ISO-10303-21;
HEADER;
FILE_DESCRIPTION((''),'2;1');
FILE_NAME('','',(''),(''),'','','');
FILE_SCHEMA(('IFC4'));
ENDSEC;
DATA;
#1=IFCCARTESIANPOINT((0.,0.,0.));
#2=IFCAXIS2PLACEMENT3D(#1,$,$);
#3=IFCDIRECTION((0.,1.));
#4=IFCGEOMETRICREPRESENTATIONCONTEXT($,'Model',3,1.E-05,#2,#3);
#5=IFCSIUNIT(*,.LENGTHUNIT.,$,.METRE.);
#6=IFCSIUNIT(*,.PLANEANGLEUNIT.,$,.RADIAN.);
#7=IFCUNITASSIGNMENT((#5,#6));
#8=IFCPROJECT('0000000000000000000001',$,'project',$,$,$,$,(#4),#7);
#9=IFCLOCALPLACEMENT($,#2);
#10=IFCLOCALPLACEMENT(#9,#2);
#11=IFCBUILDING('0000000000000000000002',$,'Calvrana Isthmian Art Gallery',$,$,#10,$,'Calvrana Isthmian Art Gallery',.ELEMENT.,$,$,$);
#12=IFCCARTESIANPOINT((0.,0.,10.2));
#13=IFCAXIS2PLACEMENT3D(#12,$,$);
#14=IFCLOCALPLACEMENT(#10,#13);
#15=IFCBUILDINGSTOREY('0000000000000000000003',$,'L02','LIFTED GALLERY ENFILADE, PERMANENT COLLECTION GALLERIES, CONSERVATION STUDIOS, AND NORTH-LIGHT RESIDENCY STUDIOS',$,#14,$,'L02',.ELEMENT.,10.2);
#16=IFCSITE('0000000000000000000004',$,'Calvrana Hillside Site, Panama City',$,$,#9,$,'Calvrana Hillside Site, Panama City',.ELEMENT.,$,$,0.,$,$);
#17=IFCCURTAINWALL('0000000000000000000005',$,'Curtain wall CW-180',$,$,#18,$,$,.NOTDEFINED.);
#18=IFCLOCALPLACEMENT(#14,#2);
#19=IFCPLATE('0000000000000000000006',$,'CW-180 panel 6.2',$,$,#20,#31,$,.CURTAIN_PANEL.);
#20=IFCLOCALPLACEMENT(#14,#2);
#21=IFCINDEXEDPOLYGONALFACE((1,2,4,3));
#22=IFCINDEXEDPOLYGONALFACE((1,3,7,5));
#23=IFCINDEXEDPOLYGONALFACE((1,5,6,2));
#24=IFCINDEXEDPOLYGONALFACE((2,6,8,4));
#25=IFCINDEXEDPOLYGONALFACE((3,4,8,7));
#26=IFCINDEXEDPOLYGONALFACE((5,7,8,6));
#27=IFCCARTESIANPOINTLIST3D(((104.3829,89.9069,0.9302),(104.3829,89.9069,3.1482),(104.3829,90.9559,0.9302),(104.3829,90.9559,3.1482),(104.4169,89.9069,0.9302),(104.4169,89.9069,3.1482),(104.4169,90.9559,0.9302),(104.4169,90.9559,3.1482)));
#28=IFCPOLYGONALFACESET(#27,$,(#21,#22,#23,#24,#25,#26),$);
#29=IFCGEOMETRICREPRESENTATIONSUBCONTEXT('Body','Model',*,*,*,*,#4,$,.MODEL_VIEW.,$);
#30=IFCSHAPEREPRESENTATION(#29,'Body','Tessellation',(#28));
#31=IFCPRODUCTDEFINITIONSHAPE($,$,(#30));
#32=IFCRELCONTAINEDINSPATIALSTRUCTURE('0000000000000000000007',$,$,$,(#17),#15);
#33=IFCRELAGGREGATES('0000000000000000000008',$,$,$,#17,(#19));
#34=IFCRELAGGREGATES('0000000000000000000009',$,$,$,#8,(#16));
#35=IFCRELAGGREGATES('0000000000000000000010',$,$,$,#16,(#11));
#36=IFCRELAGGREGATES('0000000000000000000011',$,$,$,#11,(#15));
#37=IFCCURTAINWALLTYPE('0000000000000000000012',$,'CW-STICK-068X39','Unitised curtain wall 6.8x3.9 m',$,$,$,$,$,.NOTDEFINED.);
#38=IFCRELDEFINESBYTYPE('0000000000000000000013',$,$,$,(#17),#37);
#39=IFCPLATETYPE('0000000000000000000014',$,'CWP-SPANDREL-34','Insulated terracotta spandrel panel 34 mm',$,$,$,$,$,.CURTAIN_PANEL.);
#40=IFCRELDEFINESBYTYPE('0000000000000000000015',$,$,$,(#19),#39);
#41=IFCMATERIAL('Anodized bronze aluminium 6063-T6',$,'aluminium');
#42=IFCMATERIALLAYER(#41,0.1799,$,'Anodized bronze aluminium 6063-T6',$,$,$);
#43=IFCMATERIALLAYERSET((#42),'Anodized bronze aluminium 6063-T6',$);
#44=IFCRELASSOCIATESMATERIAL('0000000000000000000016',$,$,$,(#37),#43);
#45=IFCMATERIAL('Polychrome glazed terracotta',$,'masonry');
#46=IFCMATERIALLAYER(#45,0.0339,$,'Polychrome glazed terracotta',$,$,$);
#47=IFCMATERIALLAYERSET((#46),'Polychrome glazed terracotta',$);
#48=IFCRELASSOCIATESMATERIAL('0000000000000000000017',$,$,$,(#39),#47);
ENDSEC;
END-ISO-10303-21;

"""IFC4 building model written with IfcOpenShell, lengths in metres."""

from ifc_helpers import new_model, si_unit, direction, frame, origin, origin_2d, place, context, subcontext, project, spatial, rectangle, extrude, material, layer, layer_set, type_object, element, aggregate, save


model = new_model("IFC4")

# Units and contexts
model_context = context("Model", 3, precision=1e-05, world=origin(), true_north=direction((0.0, 1.0)))
body_context = subcontext(model_context, "Body", "Model", "MODEL_VIEW")
ifc_project = project(units=[si_unit("LENGTHUNIT", "METRE"), si_unit("PLANEANGLEUNIT", "RADIAN")], contexts=[model_context])

# Site, building, storey
site_placement = place(None, origin())
site = spatial("IfcSite", under=ifc_project, at=site_placement, Name="Calvrana Hillside Site, Panama City", LongName="Calvrana Hillside Site, Panama City", CompositionType="ELEMENT", RefElevation=0.0)
building_placement = place(site_placement, origin())
building = spatial("IfcBuilding", under=site, at=building_placement, Name="Calvrana Isthmian Art Gallery", LongName="Calvrana Isthmian Art Gallery", CompositionType="ELEMENT")
storey_placement = place(building_placement, frame((0.0, 0.0, 10.2)))
storey = spatial("IfcBuildingStorey", under=building, at=storey_placement, Name="L02", Description="LIFTED GALLERY ENFILADE, PERMANENT COLLECTION GALLERIES, CONSERVATION STUDIOS, AND NORTH-LIGHT RESIDENCY STUDIOS", LongName="L02", CompositionType="ELEMENT", Elevation=10.2)

# Curtain wall, plate
ifc_material_1 = material(Name="Anodized bronze aluminium 6063-T6", Category="aluminium")
ifc_layer_1 = layer(ifc_material_1, 0.1799, Name="Anodized bronze aluminium 6063-T6")
ifc_layer_set_1 = layer_set([ifc_layer_1], Name="Anodized bronze aluminium 6063-T6")
curtain_wall_type = type_object("IfcCurtainWallType", Name="CW-STICK-068X39", Description="Unitised curtain wall 6.8x3.9 m", PredefinedType="NOTDEFINED", material=ifc_layer_set_1)
curtain_wall_placement = place(storey_placement, origin())
curtain_wall = element("IfcCurtainWall", 1, at=curtain_wall_placement, inside=storey, type_object=curtain_wall_type, Name="Curtain wall CW-180", PredefinedType="NOTDEFINED")
ifc_material_2 = material(Name="Polychrome glazed terracotta", Category="masonry")
ifc_layer_2 = layer(ifc_material_2, 0.0339, Name="Polychrome glazed terracotta")
ifc_layer_set_2 = layer_set([ifc_layer_2], Name="Polychrome glazed terracotta")
plate_type = type_object("IfcPlateType", Name="CWP-SPANDREL-34", Description="Insulated terracotta spandrel panel 34 mm", PredefinedType="CURTAIN_PANEL", material=ifc_layer_set_2)
plate_1_placement = place(storey_placement, frame((104.3999, 90.4314, 0.9302), z_axis=(0.0, 0.0, 1.0), x_axis=(0.0, 1.0, 0.0)))
plate_1 = element("IfcPlate", 2, at=plate_1_placement, type_object=plate_type, Name="CW-180 panel 6.2", PredefinedType="CURTAIN_PANEL", context=body_context, shape_type="SweptSolid", body=[
    extrude(rectangle(XDim=1.0491, YDim=0.0339, at=origin_2d()), origin(), (0.0, 0.0, 1.0), 2.218),
])
aggregate(curtain_wall, [plate_1])

save(model, "model.ifc")
